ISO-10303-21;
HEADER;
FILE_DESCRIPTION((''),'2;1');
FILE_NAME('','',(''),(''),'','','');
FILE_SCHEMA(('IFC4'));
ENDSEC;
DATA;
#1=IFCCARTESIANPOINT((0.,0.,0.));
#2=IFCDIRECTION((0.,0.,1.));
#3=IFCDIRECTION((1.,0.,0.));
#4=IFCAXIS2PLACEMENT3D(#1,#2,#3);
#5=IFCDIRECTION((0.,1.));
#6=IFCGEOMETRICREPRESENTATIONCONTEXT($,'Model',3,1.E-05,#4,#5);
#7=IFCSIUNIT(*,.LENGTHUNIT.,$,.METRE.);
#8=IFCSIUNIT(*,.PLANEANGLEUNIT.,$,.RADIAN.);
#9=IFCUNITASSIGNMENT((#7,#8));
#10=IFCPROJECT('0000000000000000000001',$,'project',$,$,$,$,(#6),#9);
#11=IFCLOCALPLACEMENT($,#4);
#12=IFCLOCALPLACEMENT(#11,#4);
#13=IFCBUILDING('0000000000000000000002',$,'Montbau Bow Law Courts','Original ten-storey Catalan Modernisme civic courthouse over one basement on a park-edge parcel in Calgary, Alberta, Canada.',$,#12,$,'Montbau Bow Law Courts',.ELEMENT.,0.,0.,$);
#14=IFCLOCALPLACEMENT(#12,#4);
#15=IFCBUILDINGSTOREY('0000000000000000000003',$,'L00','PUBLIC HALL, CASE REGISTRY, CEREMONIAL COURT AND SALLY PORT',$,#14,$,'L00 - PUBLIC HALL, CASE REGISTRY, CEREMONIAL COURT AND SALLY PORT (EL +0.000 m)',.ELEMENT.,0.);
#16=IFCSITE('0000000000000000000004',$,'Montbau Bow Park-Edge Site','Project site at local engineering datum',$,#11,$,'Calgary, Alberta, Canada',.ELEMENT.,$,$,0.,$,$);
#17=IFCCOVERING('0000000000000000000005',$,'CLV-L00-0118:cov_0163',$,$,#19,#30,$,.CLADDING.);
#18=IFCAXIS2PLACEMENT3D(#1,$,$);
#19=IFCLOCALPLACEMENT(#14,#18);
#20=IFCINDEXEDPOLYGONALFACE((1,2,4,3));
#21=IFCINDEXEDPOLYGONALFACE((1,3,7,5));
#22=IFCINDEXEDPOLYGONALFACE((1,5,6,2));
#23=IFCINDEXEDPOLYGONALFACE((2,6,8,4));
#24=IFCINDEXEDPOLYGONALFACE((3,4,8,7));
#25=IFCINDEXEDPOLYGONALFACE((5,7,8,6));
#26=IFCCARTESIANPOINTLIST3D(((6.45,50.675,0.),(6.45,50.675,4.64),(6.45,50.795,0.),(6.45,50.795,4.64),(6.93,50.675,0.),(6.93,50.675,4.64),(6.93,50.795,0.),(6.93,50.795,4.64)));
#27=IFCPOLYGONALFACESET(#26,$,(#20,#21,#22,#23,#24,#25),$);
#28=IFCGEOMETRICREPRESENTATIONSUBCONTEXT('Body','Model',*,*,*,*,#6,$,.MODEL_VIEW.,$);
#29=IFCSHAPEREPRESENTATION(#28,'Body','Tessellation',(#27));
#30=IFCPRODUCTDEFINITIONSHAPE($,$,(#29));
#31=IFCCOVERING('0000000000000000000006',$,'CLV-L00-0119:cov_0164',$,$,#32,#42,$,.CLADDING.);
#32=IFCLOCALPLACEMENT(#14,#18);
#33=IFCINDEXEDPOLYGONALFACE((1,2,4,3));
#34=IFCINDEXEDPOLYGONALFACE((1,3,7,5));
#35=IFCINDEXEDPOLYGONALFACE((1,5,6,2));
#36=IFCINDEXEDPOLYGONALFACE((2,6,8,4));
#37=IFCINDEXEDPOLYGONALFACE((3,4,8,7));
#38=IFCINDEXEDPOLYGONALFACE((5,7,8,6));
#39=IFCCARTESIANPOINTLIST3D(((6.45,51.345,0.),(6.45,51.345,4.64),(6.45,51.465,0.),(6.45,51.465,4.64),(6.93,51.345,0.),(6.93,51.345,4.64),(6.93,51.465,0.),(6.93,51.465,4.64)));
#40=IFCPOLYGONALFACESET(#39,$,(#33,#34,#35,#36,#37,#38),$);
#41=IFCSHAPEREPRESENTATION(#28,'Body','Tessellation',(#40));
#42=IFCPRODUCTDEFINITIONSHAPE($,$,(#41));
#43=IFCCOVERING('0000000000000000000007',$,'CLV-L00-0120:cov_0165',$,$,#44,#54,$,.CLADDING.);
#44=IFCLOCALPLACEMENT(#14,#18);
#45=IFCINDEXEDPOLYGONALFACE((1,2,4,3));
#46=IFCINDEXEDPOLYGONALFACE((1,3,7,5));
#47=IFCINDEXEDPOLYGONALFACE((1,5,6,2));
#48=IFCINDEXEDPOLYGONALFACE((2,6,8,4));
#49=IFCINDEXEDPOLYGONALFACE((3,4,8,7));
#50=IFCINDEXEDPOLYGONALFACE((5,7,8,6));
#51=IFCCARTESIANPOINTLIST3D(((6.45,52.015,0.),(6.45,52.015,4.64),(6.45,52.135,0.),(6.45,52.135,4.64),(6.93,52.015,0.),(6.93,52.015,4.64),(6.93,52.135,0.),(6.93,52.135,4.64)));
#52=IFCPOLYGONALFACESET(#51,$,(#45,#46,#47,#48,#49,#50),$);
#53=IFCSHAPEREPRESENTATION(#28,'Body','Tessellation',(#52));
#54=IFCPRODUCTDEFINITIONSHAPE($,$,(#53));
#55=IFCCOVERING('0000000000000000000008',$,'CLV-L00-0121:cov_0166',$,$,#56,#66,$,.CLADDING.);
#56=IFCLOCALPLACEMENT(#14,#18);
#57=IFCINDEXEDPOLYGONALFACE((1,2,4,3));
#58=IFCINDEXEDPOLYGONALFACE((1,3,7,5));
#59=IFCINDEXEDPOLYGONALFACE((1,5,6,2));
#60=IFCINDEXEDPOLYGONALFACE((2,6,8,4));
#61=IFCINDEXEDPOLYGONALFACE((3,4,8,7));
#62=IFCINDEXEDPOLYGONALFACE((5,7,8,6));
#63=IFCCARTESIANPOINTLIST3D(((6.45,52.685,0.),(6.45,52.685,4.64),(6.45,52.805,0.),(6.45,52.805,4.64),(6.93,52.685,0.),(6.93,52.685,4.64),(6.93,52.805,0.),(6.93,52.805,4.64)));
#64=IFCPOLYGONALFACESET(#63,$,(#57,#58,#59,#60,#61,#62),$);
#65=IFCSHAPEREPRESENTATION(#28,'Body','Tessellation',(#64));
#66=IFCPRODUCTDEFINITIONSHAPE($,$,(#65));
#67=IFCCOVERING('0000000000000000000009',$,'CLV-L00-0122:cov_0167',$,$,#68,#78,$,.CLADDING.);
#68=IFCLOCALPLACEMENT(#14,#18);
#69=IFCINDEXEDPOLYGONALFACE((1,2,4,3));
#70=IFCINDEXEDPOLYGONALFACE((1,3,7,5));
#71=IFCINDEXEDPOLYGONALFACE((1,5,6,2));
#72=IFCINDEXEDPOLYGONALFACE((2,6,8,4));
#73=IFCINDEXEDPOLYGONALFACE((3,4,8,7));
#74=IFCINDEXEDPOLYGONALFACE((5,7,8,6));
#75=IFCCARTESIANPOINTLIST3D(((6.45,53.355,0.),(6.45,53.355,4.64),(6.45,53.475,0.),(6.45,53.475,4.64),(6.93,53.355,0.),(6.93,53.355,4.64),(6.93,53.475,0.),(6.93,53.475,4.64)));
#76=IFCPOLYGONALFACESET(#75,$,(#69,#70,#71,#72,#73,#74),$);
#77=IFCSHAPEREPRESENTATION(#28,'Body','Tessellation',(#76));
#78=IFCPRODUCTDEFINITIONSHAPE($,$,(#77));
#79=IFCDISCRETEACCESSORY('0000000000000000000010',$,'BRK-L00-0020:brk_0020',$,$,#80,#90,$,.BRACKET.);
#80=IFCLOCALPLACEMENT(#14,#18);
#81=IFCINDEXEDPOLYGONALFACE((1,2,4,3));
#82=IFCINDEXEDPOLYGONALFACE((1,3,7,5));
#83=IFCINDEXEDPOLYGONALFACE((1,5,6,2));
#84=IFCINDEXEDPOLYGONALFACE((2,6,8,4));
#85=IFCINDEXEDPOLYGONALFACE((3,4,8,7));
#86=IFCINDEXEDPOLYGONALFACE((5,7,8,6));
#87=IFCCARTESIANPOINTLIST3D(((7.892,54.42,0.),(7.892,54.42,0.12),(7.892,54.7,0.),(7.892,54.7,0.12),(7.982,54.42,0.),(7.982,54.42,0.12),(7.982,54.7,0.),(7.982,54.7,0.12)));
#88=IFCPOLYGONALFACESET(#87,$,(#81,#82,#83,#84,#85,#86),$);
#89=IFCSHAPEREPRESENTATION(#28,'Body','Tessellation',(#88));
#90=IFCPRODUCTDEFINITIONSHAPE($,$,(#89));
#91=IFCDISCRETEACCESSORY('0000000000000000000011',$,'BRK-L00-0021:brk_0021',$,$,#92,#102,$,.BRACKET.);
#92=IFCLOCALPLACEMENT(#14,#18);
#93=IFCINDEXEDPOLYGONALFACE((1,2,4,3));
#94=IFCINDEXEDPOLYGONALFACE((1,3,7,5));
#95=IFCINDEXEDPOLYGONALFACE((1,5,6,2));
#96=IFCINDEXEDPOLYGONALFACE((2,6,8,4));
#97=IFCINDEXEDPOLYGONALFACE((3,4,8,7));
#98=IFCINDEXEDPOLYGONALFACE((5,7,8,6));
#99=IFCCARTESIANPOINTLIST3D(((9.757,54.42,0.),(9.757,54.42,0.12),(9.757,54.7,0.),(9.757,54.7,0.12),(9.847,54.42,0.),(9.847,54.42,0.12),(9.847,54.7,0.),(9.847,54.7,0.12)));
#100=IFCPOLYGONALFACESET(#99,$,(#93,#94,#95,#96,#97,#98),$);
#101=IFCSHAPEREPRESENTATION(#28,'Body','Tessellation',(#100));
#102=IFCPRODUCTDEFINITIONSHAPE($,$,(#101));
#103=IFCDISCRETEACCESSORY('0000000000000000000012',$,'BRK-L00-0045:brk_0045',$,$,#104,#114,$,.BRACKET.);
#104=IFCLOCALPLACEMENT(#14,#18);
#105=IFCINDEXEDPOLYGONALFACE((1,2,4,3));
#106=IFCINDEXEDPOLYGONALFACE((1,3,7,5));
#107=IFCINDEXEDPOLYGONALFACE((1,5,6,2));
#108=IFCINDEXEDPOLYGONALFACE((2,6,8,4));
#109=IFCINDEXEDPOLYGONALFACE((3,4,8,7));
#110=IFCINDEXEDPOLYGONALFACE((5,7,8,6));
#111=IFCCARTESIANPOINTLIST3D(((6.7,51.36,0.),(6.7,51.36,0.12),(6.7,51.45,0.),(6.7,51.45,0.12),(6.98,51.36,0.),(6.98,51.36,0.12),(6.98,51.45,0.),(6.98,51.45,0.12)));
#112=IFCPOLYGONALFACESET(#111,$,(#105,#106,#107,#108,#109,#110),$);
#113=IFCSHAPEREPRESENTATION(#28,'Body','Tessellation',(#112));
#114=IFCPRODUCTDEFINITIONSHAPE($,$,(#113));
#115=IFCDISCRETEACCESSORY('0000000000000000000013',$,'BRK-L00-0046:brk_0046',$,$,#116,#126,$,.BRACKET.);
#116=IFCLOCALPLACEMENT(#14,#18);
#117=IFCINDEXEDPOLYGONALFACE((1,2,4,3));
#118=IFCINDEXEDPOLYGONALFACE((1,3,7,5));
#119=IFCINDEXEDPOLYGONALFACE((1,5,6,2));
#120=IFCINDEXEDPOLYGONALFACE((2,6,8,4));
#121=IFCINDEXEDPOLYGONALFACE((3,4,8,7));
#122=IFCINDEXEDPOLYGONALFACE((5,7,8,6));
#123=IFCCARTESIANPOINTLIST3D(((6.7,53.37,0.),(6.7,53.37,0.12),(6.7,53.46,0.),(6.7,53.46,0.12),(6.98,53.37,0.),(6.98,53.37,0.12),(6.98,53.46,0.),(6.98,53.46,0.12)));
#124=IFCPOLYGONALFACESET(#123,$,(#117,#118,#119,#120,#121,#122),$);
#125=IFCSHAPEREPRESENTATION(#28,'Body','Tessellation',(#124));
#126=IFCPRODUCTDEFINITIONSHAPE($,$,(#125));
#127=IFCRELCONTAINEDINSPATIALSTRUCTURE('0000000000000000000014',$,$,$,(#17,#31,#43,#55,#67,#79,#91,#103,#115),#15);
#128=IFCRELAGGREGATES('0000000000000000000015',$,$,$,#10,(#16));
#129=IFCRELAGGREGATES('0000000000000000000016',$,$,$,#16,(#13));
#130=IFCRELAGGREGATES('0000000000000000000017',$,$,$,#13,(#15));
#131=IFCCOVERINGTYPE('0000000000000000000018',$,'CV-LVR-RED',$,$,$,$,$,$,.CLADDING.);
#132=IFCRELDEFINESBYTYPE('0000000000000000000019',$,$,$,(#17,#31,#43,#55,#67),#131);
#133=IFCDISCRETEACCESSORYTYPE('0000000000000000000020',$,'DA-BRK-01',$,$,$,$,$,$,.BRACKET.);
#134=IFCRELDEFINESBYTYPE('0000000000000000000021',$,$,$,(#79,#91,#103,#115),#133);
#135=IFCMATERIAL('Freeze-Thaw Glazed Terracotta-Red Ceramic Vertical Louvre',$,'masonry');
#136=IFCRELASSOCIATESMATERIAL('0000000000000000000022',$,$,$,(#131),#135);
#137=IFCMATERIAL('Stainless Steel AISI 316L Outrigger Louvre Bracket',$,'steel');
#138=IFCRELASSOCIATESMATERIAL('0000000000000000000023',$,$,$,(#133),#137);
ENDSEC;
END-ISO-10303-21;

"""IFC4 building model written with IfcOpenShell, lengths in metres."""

from ifc_helpers import new_model, si_unit, direction, frame, frame_2d, origin_with_axes, origin_2d_with_axis, place, context, subcontext, project, spatial, rectangle, extrude, material, type_object, element, save


model = new_model("IFC4")

# Units and contexts
model_context = context("Model", 3, precision=1e-05, world=origin_with_axes(), true_north=direction((0.0, 1.0)))
body_context = subcontext(model_context, "Body", "Model", "MODEL_VIEW")
ifc_project = project(units=[si_unit("LENGTHUNIT", "METRE"), si_unit("PLANEANGLEUNIT", "RADIAN")], contexts=[model_context])

# Site, building, storey
site_placement = place(None, origin_with_axes())
site = spatial("IfcSite", under=ifc_project, at=site_placement, Name="Montbau Bow Park-Edge Site", Description="Project site at local engineering datum", LongName="Calgary, Alberta, Canada", CompositionType="ELEMENT", RefElevation=0.0)
building_placement = place(site_placement, origin_with_axes())
building = spatial("IfcBuilding", under=site, at=building_placement, Name="Montbau Bow Law Courts", Description="Original ten-storey Catalan Modernisme civic courthouse over one basement on a park-edge parcel in Calgary, Alberta, Canada.", LongName="Montbau Bow Law Courts", CompositionType="ELEMENT", ElevationOfRefHeight=0.0, ElevationOfTerrain=0.0)
storey_placement = place(building_placement, origin_with_axes())
storey = spatial("IfcBuildingStorey", under=building, at=storey_placement, Name="L00", Description="PUBLIC HALL, CASE REGISTRY, CEREMONIAL COURT AND SALLY PORT", LongName="L00 - PUBLIC HALL, CASE REGISTRY, CEREMONIAL COURT AND SALLY PORT (EL +0.000 m)", CompositionType="ELEMENT", Elevation=0.0)

# Coverings
ifc_material_1 = material(Name="Freeze-Thaw Glazed Terracotta-Red Ceramic Vertical Louvre", Category="masonry")
covering_type = type_object("IfcCoveringType", Name="CV-LVR-RED", PredefinedType="CLADDING", material=ifc_material_1)
for number, where, z_axis, x_axis, name in (
    (1, (6.93, 50.735, 0.0), (0.0, 1.0, 0.0), (-1.0, 0.0, 0.0), "CLV-L00-0118:cov_0163"),
    (2, (6.93, 51.405, 0.0), (0.0, 1.0, 0.0), (-1.0, 0.0, 0.0), "CLV-L00-0119:cov_0164"),
    (3, (6.93, 52.075, 0.0), (0.0, 1.0, 0.0), (-1.0, 0.0, 0.0), "CLV-L00-0120:cov_0165"),
    (4, (6.93, 52.745, 0.0), (0.0, 1.0, 0.0), (-1.0, 0.0, 0.0), "CLV-L00-0121:cov_0166"),
    (5, (6.93, 53.415, 0.0), (0.0, 1.0, 0.0), (-1.0, 0.0, 0.0), "CLV-L00-0122:cov_0167"),
):
    element("IfcCovering", number, at=place(None, frame(where, z_axis=z_axis, x_axis=x_axis)), inside=storey, type_object=covering_type, Name=name, PredefinedType="CLADDING", context=body_context, shape_type="SweptSolid", body=[
        extrude(rectangle(XDim=0.48, YDim=4.64, at=frame_2d((0.24, 2.32), x_axis=(1.0, 0.0))), frame((0.0, 0.0, -0.06), z_axis=(0.0, 0.0, 1.0), x_axis=(1.0, 0.0, 0.0)), (0.0, 0.0, 1.0), 0.12),
    ])

# Discrete accessories
ifc_material_2 = material(Name="Stainless Steel AISI 316L Outrigger Louvre Bracket", Category="steel")
discrete_accessory_type = type_object("IfcDiscreteAccessoryType", Name="DA-BRK-01", PredefinedType="BRACKET", material=ifc_material_2)
for number, where, z_axis, x_axis, name in (
    (6, (7.937, 54.56, 0.0), (0.0, 0.0, 1.0), (0.0, 1.0, 0.0), "BRK-L00-0020:brk_0020"),
    (7, (9.802, 54.56, 0.0), (0.0, 0.0, 1.0), (0.0, 1.0, 0.0), "BRK-L00-0021:brk_0021"),
    (8, (6.84, 51.405, 0.0), (0.0, 0.0, 1.0), (-1.0, 0.0, 0.0), "BRK-L00-0045:brk_0045"),
    (9, (6.84, 53.415, 0.0), (0.0, 0.0, 1.0), (-1.0, 0.0, 0.0), "BRK-L00-0046:brk_0046"),
):
    element("IfcDiscreteAccessory", number, at=place(None, frame(where, z_axis=z_axis, x_axis=x_axis)), inside=storey, type_object=discrete_accessory_type, Name=name, PredefinedType="BRACKET", context=body_context, shape_type="SweptSolid", body=[
        extrude(rectangle(XDim=0.28, YDim=0.09, at=origin_2d_with_axis()), origin_with_axes(), (0.0, 0.0, 1.0), 0.12),
    ])

save(model, "model.ifc")
